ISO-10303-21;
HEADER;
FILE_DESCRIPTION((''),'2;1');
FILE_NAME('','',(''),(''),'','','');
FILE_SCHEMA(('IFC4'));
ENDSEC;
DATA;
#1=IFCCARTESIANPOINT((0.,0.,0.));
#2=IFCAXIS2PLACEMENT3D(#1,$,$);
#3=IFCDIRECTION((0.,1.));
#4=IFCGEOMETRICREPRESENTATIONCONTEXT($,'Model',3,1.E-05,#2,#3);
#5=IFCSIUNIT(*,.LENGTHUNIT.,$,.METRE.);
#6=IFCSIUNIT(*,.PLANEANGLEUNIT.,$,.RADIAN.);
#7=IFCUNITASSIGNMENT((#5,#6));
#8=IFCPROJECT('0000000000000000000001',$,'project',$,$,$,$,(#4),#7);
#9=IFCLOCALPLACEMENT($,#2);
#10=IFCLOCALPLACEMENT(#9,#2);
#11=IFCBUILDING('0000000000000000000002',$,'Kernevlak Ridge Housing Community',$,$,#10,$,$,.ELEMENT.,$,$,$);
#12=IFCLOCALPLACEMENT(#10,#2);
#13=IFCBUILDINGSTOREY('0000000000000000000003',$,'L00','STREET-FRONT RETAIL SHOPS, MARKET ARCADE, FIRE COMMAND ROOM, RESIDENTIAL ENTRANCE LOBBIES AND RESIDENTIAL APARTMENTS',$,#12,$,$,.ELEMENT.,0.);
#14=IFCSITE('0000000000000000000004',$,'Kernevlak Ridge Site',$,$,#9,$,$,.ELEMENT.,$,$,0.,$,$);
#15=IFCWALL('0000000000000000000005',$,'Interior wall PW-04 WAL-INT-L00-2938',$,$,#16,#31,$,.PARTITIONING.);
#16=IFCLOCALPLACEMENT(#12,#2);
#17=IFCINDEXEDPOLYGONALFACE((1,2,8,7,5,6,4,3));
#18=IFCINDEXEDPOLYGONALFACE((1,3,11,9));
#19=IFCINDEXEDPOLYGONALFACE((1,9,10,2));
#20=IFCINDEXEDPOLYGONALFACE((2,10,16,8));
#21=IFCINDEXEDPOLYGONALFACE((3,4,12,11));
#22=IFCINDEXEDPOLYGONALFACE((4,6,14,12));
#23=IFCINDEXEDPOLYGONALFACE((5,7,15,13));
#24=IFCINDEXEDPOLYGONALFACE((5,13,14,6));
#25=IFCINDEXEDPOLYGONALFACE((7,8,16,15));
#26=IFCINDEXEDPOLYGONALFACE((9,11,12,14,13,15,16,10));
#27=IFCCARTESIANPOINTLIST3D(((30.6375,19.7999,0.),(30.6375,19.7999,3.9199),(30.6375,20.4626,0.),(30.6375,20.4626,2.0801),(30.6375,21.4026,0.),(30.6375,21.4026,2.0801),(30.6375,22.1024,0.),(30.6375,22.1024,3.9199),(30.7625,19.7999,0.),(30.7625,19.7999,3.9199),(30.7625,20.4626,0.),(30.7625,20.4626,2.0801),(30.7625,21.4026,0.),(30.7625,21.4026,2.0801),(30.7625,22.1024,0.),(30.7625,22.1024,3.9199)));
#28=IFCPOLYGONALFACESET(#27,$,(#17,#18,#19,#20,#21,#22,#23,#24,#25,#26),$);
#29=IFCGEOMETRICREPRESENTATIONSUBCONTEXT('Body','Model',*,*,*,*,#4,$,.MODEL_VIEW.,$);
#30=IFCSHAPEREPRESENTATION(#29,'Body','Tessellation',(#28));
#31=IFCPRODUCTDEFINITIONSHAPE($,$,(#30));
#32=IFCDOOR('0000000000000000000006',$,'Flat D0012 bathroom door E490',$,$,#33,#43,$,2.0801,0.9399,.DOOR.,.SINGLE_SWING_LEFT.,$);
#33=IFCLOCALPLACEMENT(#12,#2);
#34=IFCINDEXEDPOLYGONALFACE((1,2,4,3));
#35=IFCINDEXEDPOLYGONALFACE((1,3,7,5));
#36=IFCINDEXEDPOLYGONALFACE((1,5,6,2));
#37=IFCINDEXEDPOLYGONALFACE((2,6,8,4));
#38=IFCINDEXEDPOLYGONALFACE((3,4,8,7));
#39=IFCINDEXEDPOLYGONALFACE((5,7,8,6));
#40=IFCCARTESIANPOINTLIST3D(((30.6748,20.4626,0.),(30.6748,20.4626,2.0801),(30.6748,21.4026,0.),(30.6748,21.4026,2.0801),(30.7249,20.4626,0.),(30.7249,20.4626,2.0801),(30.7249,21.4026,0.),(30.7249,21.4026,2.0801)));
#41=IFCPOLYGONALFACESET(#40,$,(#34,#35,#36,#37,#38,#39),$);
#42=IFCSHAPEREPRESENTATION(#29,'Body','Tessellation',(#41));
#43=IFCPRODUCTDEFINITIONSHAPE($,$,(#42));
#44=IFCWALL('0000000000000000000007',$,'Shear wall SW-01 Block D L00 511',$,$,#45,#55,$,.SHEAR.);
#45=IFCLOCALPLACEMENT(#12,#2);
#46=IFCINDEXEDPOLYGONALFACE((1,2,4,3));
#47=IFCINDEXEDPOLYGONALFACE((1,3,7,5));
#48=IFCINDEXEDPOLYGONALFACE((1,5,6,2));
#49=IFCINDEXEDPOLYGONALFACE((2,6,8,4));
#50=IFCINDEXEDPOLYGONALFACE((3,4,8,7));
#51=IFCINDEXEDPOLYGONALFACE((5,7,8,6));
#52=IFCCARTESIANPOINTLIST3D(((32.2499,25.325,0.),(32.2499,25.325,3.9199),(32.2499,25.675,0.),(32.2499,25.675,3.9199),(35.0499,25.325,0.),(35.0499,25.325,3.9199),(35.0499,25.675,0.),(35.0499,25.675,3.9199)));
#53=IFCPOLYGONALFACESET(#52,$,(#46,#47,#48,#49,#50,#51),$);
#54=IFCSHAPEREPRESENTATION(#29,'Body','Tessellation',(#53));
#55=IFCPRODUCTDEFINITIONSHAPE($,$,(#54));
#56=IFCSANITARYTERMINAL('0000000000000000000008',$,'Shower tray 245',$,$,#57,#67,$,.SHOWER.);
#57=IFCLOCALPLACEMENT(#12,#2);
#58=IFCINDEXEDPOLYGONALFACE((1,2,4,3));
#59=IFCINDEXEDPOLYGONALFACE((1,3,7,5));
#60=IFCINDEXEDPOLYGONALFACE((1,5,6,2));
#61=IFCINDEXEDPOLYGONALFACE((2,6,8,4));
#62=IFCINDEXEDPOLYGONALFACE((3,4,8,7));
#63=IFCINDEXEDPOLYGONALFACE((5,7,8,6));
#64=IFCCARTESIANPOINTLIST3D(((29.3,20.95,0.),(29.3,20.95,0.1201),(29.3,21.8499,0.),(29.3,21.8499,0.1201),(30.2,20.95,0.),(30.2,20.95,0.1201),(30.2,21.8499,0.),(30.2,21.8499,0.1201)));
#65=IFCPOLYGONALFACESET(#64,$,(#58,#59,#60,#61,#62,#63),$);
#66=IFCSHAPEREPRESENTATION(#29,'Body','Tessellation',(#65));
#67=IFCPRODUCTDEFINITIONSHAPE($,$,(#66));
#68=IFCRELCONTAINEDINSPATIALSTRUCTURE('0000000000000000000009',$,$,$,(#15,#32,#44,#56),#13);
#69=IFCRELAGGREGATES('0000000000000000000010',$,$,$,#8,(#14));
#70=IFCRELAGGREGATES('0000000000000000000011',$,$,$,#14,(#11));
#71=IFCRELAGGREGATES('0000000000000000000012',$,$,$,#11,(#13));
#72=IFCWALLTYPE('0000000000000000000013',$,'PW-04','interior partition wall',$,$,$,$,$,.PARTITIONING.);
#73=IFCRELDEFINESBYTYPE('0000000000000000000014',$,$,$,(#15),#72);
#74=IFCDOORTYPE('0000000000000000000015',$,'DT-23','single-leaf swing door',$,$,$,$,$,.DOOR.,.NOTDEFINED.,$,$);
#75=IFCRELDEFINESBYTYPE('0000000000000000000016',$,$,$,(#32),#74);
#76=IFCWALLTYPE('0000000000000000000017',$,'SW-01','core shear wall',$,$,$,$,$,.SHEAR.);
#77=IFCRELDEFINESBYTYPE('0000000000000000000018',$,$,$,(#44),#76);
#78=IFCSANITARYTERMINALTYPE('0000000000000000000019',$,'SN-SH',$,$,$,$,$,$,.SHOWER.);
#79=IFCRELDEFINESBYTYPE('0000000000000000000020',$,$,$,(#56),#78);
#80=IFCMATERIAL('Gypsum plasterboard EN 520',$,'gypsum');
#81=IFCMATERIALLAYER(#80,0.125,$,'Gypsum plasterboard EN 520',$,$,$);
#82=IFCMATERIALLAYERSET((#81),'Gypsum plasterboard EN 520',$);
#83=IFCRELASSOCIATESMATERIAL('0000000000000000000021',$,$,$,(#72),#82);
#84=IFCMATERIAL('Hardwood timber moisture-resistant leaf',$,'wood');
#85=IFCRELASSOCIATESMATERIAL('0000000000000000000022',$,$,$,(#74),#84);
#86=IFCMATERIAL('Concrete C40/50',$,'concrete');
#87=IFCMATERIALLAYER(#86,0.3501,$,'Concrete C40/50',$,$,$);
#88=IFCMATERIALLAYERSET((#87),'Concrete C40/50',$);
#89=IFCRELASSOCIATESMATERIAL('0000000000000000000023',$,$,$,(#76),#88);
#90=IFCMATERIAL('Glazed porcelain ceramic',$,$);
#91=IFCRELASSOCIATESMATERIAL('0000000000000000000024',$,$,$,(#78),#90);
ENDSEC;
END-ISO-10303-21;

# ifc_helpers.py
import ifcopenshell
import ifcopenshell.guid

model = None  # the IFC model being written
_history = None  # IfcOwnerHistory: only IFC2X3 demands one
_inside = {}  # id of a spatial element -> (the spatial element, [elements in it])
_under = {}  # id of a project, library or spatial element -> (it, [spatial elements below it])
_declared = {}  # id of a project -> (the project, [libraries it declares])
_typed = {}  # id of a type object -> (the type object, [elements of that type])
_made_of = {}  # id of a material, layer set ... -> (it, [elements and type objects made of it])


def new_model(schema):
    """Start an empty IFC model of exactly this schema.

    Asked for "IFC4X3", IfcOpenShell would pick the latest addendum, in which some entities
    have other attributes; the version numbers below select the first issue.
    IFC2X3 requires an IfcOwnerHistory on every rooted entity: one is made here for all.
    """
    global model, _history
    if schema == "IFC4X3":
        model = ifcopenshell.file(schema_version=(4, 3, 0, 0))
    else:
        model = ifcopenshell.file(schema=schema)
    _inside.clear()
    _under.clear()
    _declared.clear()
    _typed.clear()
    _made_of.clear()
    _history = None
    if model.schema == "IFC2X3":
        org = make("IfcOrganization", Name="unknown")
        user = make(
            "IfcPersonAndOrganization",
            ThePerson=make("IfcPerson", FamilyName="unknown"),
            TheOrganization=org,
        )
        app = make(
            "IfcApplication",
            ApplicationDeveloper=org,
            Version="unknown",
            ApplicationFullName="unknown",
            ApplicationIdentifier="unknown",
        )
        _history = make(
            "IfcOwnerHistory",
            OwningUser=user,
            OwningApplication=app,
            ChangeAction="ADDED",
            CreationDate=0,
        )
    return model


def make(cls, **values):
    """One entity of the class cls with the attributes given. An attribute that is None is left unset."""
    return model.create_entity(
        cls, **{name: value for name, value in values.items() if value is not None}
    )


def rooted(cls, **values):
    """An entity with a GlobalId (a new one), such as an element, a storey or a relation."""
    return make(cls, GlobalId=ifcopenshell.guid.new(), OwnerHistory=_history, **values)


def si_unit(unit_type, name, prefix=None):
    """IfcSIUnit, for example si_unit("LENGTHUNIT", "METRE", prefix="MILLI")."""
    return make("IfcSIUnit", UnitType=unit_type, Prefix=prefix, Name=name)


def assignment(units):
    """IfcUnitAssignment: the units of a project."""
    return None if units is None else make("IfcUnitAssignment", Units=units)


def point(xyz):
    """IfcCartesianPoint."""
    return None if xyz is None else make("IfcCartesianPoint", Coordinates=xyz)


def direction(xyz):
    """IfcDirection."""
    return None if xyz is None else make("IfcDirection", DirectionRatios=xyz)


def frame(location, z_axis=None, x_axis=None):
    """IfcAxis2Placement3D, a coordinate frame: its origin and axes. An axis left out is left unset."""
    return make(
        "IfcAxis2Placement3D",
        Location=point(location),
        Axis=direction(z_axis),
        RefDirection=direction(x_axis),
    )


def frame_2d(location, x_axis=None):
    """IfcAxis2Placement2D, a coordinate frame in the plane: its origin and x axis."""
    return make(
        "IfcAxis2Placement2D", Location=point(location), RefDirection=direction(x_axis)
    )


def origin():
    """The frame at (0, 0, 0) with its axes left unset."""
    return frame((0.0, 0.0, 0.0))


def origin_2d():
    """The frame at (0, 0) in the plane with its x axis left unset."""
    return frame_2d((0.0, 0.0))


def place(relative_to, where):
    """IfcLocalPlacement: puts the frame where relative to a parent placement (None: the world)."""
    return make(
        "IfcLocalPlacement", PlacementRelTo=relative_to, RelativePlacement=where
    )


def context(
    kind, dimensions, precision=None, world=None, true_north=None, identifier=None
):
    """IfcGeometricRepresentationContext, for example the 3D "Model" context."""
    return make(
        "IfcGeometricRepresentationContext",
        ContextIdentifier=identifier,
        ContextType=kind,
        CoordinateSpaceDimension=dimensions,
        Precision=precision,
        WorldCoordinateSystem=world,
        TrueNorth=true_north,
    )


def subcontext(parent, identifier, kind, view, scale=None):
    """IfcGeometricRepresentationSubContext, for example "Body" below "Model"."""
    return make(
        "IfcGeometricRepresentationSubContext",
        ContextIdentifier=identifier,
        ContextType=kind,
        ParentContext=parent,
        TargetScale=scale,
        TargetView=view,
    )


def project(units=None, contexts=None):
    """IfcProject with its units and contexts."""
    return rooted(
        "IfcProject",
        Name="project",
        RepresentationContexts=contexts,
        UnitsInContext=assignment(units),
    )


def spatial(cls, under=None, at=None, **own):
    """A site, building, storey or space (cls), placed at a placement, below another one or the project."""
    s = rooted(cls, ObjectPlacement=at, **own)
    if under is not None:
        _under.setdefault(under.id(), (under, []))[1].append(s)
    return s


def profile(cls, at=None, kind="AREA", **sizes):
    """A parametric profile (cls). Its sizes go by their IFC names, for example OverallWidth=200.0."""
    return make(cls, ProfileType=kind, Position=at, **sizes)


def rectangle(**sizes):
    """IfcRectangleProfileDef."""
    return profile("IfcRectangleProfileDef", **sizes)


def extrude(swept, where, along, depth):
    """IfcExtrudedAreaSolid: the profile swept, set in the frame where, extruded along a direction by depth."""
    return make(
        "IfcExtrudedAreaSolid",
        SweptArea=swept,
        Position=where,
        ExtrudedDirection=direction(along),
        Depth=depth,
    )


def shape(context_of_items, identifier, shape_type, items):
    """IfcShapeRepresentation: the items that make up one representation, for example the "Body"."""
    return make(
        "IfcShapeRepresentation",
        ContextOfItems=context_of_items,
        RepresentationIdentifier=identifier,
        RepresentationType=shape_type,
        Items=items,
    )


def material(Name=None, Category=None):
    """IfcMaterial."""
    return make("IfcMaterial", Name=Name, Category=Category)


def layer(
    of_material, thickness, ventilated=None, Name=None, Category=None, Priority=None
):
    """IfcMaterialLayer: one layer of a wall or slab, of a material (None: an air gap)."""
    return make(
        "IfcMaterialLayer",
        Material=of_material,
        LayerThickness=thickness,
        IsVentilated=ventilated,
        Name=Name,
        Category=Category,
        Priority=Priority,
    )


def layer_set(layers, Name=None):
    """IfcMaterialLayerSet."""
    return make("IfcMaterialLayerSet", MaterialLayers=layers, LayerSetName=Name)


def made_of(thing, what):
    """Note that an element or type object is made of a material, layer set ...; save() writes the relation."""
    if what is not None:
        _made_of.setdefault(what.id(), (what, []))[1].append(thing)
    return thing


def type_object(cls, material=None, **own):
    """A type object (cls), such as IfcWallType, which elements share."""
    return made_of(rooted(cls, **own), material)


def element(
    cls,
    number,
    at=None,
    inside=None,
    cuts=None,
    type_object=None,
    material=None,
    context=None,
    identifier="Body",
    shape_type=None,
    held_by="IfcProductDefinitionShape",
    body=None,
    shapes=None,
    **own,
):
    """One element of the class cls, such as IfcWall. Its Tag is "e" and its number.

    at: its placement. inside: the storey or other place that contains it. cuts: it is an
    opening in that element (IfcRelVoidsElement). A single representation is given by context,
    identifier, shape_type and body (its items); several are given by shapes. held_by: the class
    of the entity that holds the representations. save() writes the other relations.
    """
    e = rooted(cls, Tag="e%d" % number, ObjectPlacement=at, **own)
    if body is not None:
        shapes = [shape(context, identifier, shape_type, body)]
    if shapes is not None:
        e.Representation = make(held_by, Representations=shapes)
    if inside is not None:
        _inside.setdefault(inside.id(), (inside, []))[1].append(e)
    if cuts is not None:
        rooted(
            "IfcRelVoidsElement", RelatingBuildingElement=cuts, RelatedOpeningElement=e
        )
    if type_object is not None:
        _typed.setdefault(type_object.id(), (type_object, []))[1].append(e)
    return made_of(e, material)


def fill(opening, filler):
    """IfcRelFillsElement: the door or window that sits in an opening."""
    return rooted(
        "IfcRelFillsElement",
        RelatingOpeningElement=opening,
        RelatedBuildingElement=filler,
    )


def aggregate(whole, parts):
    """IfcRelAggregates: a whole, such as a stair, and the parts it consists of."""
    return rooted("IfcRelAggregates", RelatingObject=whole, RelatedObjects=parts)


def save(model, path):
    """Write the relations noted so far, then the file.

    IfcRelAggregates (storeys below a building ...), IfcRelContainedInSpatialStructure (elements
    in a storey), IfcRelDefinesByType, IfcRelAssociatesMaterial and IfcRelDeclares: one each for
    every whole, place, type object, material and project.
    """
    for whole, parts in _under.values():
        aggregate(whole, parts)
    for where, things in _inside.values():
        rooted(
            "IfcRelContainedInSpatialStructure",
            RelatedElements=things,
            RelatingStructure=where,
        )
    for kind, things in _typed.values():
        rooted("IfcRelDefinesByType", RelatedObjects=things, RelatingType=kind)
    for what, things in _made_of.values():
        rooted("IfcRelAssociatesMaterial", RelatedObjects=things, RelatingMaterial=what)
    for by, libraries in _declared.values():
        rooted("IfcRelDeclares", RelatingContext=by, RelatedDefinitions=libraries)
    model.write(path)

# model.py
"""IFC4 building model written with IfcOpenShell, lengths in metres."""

from ifc_helpers import new_model, si_unit, direction, frame, frame_2d, origin, origin_2d, place, context, subcontext, project, spatial, rectangle, extrude, material, layer, layer_set, type_object, element, fill, save


model = new_model("IFC4")

# Units and contexts
model_context = context("Model", 3, precision=1e-05, world=origin(), true_north=direction((0.0, 1.0)))
body_context = subcontext(model_context, "Body", "Model", "MODEL_VIEW")
ifc_project = project(units=[si_unit("LENGTHUNIT", "METRE"), si_unit("PLANEANGLEUNIT", "RADIAN")], contexts=[model_context])

# Site, building, storey
site_placement = place(None, origin())
site = spatial("IfcSite", under=ifc_project, at=site_placement, Name="Kernevlak Ridge Site", CompositionType="ELEMENT", RefElevation=0.0)
building_placement = place(site_placement, origin())
building = spatial("IfcBuilding", under=site, at=building_placement, Name="Kernevlak Ridge Housing Community", CompositionType="ELEMENT")
storey_placement = place(building_placement, origin())
storey = spatial("IfcBuildingStorey", under=building, at=storey_placement, Name="L00", Description="STREET-FRONT RETAIL SHOPS, MARKET ARCADE, FIRE COMMAND ROOM, RESIDENTIAL ENTRANCE LOBBIES AND RESIDENTIAL APARTMENTS", CompositionType="ELEMENT", Elevation=0.0)

# Wall, opening, door
ifc_material_1 = material(Name="Gypsum plasterboard EN 520", Category="gypsum")
ifc_layer_1 = layer(ifc_material_1, 0.125, Name="Gypsum plasterboard EN 520")
ifc_layer_set_1 = layer_set([ifc_layer_1], Name="Gypsum plasterboard EN 520")
wall_type_1 = type_object("IfcWallType", Name="PW-04", Description="interior partition wall", PredefinedType="PARTITIONING", material=ifc_layer_set_1)
wall_1_placement = place(storey_placement, frame((30.7, 22.1025, 0.0), z_axis=(0.0, 0.0, 1.0), x_axis=(0.0, -1.0, 0.0)))
wall_1 = element("IfcWall", 1, at=wall_1_placement, inside=storey, type_object=wall_type_1, Name="Interior wall PW-04 WAL-INT-L00-2938", PredefinedType="PARTITIONING", context=body_context, shape_type="SweptSolid", body=[
    extrude(rectangle(XDim=2.3025, YDim=0.125, at=frame_2d((1.1514, 0.0))), origin(), (0.0, 0.0, 1.0), 3.9199),
])
opening_1_placement = place(wall_1_placement, frame((0.7, 0.0, 0.0)))
opening_1 = element("IfcOpeningElement", 2, at=opening_1_placement, cuts=wall_1, PredefinedType="OPENING", context=body_context, shape_type="SweptSolid", body=[
    extrude(rectangle(XDim=0.9399, YDim=2.0801, at=frame_2d((0.47, 1.04))), frame((0.0, 0.0725, 0.0), z_axis=(0.0, -1.0, 0.0), x_axis=(1.0, 0.0, 0.0)), (0.0, 0.0, 1.0), 0.145),
])
ifc_material_2 = material(Name="Hardwood timber moisture-resistant leaf", Category="wood")
door_type_1 = type_object("IfcDoorType", Name="DT-23", Description="single-leaf swing door", OperationType="NOTDEFINED", PredefinedType="DOOR", material=ifc_material_2)
door_1_placement = place(opening_1_placement, origin())
door_1 = element("IfcDoor", 3, at=door_1_placement, inside=storey, type_object=door_type_1, Name="Flat D0012 bathroom door E490", OperationType="SINGLE_SWING_LEFT", OverallHeight=2.0801, OverallWidth=0.9399, PredefinedType="DOOR", context=body_context, shape_type="SweptSolid", body=[
    extrude(rectangle(XDim=0.9399, YDim=2.0801, at=frame_2d((0.47, 1.04))), frame((0.0, 0.0249, 0.0), z_axis=(0.0, -1.0, 0.0), x_axis=(1.0, 0.0, 0.0)), (0.0, 0.0, 1.0), 0.05),
])
fill(opening_1, door_1)

# Wall
ifc_material_3 = material(Name="Concrete C40/50", Category="concrete")
ifc_layer_2 = layer(ifc_material_3, 0.3501, Name="Concrete C40/50")
ifc_layer_set_2 = layer_set([ifc_layer_2], Name="Concrete C40/50")
wall_type_2 = type_object("IfcWallType", Name="SW-01", Description="core shear wall", PredefinedType="SHEAR", material=ifc_layer_set_2)
wall_2_placement = place(storey_placement, frame((32.25, 25.5, 0.0), z_axis=(0.0, 0.0, 1.0), x_axis=(1.0, 0.0, 0.0)))
element("IfcWall", 4, at=wall_2_placement, inside=storey, type_object=wall_type_2, Name="Shear wall SW-01 Block D L00 511", PredefinedType="SHEAR", context=body_context, shape_type="SweptSolid", body=[
    extrude(rectangle(XDim=2.8, YDim=0.3501, at=frame_2d((1.3999, 0.0))), origin(), (0.0, 0.0, 1.0), 3.9199),
])

# Sanitary terminal
ifc_material_4 = material(Name="Glazed porcelain ceramic")
sanitary_terminal_type = type_object("IfcSanitaryTerminalType", Name="SN-SH", PredefinedType="SHOWER", material=ifc_material_4)
sanitary_terminal_placement = place(storey_placement, frame((29.75, 21.3999, 0.0), z_axis=(0.0, 0.0, 1.0), x_axis=(1.0, 0.0, 0.0)))
element("IfcSanitaryTerminal", 5, at=sanitary_terminal_placement, inside=storey, type_object=sanitary_terminal_type, Name="Shower tray 245", PredefinedType="SHOWER", context=body_context, shape_type="SweptSolid", body=[
    extrude(rectangle(XDim=0.8999, YDim=0.8999, at=origin_2d()), origin(), (0.0, 0.0, 1.0), 0.1201),
])

save(model, "model.ifc")
